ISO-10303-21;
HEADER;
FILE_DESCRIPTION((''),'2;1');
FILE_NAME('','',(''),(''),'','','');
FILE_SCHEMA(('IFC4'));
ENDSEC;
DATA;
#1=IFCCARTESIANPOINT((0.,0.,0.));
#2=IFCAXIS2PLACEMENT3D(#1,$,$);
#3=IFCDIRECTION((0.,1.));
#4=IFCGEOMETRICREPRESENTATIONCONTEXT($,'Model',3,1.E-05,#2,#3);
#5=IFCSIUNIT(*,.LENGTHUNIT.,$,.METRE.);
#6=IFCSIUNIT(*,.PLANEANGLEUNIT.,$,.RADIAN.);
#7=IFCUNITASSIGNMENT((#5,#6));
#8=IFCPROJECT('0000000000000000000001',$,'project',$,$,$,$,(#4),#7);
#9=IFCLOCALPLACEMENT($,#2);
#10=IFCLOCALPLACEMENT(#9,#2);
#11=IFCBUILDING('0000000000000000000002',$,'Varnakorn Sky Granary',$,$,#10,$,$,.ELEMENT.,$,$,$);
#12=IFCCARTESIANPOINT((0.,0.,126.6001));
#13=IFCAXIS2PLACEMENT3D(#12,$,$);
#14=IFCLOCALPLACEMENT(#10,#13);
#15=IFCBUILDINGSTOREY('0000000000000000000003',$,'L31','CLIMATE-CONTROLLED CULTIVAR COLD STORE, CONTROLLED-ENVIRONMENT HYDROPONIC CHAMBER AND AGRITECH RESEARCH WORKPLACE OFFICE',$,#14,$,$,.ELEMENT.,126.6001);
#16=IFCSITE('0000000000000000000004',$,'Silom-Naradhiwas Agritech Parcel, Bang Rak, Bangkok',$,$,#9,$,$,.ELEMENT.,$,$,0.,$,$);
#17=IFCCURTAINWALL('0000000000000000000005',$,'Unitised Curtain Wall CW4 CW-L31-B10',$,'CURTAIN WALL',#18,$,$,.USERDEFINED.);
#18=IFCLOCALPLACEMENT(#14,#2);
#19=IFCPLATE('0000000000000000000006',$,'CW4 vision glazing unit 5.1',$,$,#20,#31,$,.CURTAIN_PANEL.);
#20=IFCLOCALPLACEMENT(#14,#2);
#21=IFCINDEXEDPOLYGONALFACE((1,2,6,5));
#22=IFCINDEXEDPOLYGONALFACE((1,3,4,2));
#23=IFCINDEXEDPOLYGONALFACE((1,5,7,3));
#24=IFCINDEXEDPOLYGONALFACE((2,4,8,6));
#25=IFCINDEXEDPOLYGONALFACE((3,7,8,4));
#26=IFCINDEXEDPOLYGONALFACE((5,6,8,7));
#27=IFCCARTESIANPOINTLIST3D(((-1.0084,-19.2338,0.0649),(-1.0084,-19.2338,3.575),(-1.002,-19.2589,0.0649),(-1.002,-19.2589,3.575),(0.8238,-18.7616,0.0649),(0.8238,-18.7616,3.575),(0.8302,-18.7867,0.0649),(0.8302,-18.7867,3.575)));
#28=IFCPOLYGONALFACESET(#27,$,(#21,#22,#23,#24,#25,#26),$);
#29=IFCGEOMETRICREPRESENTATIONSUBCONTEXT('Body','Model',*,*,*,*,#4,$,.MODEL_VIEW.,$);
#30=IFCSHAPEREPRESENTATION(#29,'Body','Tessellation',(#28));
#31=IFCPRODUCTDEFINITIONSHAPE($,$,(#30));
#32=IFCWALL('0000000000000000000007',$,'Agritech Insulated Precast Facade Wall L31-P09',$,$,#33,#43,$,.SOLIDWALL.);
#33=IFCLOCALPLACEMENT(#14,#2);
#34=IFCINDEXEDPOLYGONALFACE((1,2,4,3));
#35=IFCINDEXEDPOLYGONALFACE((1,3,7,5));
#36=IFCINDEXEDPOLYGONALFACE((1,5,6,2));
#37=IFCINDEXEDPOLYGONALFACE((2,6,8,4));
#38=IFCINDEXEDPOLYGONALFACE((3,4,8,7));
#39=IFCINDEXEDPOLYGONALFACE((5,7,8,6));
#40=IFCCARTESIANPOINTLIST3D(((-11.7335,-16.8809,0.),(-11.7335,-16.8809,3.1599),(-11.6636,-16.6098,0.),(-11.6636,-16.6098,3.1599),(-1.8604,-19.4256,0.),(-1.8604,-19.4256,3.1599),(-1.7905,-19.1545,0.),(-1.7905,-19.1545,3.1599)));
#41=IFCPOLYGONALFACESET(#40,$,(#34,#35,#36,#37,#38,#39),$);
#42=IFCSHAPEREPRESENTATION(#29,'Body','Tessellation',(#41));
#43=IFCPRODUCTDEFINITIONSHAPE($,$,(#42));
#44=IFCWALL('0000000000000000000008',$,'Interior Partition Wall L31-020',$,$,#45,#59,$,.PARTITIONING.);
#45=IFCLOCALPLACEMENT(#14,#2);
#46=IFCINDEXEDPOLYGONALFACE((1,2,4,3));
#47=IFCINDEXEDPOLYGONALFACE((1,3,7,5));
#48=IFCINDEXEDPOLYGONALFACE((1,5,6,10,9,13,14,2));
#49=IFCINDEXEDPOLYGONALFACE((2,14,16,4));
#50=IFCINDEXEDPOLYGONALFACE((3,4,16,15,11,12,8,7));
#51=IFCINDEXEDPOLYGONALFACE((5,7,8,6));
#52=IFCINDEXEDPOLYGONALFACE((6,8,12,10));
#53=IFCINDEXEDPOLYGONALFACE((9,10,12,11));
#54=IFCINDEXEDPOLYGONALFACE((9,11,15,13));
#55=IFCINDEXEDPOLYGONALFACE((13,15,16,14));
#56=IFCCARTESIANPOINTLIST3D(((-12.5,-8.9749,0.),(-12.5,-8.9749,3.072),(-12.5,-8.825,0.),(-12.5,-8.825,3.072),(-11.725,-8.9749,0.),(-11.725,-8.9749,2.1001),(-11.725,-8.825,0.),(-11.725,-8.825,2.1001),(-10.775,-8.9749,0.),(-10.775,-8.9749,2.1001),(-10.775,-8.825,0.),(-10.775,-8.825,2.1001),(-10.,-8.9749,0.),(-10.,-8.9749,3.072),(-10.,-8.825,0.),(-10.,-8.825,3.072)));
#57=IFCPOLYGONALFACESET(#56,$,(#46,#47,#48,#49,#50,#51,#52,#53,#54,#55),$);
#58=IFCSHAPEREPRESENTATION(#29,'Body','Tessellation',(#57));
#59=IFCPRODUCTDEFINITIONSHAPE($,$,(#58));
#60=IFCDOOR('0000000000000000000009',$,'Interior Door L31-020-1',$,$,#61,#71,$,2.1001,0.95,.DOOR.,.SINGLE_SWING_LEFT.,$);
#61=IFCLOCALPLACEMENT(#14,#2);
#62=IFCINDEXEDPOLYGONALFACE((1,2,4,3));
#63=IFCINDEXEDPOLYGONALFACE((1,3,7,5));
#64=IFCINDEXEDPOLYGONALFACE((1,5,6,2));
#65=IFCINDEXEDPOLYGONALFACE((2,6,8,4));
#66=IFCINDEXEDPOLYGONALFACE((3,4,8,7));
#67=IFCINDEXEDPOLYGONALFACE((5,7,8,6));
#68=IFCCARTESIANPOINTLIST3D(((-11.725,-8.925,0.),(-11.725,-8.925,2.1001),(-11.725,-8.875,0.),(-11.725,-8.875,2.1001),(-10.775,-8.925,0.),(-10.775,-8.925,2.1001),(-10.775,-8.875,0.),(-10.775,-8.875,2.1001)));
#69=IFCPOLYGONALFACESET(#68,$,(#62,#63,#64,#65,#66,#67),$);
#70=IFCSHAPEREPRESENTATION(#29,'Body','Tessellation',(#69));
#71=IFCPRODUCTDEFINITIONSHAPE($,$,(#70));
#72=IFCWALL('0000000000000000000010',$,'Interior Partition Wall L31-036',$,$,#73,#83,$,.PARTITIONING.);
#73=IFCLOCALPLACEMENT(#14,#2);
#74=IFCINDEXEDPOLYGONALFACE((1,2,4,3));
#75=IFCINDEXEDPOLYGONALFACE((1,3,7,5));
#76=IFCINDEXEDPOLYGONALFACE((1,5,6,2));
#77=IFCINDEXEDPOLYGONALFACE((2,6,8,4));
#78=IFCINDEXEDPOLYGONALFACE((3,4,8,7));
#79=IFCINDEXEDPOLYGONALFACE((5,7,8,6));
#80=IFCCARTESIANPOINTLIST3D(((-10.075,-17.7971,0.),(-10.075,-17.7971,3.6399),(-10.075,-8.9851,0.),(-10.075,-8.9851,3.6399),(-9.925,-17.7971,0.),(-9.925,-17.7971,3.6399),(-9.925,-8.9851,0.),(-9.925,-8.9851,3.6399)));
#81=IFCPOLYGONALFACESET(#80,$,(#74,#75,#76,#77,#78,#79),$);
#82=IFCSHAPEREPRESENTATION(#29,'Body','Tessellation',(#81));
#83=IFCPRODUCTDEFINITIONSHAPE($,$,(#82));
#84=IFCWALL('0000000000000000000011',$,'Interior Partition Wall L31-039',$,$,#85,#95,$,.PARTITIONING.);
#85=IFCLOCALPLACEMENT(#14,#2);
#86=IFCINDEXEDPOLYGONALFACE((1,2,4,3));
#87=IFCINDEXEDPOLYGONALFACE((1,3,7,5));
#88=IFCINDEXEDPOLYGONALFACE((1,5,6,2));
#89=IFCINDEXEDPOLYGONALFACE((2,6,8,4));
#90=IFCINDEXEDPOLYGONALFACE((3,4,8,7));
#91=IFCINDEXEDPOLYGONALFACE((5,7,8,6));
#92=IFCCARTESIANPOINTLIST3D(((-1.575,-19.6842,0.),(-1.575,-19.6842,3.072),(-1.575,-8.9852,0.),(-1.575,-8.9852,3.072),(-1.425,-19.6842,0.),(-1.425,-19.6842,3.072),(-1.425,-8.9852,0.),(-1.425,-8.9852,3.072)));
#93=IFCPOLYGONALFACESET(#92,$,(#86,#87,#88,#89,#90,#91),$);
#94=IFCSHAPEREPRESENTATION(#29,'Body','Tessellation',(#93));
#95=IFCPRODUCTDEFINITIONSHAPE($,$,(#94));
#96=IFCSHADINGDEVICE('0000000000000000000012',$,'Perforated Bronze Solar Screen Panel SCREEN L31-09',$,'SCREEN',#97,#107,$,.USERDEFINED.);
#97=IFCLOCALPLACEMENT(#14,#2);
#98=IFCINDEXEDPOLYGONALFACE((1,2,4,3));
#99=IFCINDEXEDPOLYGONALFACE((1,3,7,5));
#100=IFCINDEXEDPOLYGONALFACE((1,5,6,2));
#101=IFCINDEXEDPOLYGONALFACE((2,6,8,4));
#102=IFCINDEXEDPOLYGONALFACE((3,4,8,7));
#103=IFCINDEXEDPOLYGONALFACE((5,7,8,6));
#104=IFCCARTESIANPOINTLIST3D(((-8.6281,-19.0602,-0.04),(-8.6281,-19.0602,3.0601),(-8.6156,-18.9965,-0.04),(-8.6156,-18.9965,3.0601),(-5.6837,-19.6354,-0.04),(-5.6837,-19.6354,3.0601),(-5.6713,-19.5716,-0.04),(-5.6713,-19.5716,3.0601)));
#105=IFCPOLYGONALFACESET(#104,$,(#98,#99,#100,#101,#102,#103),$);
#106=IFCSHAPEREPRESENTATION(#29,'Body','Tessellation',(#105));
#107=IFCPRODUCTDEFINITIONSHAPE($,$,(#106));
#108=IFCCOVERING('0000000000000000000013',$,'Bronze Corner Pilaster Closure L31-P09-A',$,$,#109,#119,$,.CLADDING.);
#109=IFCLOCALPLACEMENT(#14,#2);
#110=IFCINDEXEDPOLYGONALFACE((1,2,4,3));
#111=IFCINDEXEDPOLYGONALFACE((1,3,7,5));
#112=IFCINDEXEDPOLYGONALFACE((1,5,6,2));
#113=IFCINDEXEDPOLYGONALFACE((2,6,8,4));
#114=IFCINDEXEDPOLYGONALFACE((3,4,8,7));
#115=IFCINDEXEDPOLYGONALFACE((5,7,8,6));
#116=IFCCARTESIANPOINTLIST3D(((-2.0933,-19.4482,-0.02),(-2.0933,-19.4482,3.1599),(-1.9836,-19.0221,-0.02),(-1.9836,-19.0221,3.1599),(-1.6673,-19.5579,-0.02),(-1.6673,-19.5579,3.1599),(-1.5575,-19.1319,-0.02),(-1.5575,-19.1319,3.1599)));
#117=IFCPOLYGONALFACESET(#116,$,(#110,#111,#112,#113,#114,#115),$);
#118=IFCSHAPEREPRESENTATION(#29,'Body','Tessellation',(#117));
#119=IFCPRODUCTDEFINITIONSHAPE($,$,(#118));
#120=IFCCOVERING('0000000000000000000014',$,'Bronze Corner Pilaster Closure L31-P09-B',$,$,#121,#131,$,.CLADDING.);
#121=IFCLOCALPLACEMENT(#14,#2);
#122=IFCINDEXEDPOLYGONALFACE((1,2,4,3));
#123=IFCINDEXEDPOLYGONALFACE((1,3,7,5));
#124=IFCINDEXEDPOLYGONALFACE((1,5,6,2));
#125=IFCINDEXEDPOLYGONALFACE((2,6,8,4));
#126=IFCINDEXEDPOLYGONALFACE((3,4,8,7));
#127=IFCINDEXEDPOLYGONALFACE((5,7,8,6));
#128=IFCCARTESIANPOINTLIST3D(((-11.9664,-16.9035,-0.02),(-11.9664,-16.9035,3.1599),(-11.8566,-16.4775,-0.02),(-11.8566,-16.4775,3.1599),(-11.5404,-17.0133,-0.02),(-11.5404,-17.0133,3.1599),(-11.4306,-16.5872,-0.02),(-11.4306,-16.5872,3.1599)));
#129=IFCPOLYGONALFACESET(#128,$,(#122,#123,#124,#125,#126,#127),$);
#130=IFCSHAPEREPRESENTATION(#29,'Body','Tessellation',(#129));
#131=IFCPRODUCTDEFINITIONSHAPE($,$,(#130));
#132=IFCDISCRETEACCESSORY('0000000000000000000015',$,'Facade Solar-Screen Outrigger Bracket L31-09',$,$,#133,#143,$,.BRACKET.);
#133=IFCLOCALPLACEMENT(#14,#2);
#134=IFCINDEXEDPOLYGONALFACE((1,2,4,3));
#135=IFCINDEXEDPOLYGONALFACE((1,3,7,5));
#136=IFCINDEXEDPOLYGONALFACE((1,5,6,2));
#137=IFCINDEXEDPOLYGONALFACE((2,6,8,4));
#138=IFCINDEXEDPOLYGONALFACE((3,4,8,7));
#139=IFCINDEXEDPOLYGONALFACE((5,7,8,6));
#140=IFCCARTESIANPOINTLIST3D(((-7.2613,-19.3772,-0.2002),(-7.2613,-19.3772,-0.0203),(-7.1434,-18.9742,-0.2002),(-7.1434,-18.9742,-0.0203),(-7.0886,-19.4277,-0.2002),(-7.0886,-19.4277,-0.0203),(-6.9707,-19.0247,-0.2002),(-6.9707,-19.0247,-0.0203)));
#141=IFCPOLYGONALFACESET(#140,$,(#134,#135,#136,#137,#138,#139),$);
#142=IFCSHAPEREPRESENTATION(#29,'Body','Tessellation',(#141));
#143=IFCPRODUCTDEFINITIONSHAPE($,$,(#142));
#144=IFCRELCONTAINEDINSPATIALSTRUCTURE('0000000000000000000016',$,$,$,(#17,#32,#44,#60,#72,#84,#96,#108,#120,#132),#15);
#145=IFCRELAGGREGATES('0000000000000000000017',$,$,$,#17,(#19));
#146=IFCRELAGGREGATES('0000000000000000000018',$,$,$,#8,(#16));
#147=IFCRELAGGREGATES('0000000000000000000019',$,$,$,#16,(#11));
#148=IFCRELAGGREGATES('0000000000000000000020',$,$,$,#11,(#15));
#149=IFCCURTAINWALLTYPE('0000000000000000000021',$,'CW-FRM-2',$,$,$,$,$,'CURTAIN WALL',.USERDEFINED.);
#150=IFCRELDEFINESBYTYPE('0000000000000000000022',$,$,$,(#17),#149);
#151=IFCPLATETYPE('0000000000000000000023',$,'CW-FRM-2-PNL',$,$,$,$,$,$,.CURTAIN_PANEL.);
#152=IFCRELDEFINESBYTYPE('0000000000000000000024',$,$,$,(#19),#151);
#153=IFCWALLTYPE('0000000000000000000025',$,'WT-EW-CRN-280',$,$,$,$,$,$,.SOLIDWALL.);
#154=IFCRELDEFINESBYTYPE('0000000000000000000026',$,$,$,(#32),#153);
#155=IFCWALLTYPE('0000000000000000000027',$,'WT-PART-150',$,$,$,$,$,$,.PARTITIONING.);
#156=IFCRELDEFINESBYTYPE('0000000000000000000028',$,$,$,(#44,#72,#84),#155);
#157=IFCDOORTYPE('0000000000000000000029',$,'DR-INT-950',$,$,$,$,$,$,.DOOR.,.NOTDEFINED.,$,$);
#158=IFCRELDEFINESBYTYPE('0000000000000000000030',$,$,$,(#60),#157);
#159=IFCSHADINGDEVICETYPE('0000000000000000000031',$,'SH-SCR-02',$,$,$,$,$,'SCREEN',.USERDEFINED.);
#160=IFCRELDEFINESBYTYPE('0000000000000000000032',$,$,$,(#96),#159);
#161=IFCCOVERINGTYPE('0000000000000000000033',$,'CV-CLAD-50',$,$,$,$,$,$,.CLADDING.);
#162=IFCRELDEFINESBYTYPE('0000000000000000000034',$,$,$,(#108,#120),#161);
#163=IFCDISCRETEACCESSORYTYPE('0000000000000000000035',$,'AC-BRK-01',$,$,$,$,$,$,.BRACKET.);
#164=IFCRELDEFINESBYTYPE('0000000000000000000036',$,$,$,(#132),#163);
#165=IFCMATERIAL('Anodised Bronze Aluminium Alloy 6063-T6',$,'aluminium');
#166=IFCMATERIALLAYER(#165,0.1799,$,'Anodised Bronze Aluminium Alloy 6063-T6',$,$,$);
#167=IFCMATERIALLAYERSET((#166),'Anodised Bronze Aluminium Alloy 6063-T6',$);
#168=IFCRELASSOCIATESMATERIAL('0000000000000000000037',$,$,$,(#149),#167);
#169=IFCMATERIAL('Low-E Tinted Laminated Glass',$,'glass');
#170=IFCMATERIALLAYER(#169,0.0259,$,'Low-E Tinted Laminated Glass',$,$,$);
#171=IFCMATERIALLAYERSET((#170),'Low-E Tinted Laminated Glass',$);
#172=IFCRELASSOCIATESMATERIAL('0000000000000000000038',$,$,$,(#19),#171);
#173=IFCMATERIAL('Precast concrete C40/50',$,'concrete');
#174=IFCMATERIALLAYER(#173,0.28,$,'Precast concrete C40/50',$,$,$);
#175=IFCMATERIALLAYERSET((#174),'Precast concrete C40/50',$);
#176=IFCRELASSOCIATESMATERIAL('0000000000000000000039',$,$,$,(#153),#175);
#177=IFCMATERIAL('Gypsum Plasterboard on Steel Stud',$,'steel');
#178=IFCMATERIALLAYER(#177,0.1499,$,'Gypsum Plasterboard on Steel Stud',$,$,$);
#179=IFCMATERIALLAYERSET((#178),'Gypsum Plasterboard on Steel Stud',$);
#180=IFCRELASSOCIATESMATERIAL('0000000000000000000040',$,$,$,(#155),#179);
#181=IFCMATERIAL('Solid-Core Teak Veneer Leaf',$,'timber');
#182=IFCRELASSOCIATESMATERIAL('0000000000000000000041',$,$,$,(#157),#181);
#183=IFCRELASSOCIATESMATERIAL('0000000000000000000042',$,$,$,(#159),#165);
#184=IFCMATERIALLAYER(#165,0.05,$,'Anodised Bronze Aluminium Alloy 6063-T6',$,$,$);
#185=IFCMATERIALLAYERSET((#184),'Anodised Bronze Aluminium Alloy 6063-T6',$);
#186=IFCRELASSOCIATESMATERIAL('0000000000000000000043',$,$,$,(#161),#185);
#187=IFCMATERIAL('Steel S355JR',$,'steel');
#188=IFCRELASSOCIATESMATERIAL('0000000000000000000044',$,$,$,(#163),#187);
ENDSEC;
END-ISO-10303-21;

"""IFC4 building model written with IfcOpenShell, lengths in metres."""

from ifc_helpers import new_model, si_unit, direction, frame, frame_2d, origin, origin_2d, place, context, subcontext, project, spatial, rectangle, extrude, source, transform, mapped, material, layer, layer_set, type_object, type_shapes, element, fill, aggregate, save


model = new_model("IFC4")

# Units and contexts
model_context = context("Model", 3, precision=1e-05, world=origin(), true_north=direction((0.0, 1.0)))
body_context = subcontext(model_context, "Body", "Model", "MODEL_VIEW")
ifc_project = project(units=[si_unit("LENGTHUNIT", "METRE"), si_unit("PLANEANGLEUNIT", "RADIAN")], contexts=[model_context])

# Site, building, storey
site_placement = place(None, origin())
site = spatial("IfcSite", under=ifc_project, at=site_placement, Name="Silom-Naradhiwas Agritech Parcel, Bang Rak, Bangkok", CompositionType="ELEMENT", RefElevation=0.0)
building_placement = place(site_placement, origin())
building = spatial("IfcBuilding", under=site, at=building_placement, Name="Varnakorn Sky Granary", CompositionType="ELEMENT")
storey_placement = place(building_placement, frame((0.0, 0.0, 126.6001)))
storey = spatial("IfcBuildingStorey", under=building, at=storey_placement, Name="L31", Description="CLIMATE-CONTROLLED CULTIVAR COLD STORE, CONTROLLED-ENVIRONMENT HYDROPONIC CHAMBER AND AGRITECH RESEARCH WORKPLACE OFFICE", CompositionType="ELEMENT", Elevation=126.6001)

# Shared definitions
ifc_material_1 = material(Name="Steel S355JR", Category="steel")

# Curtain wall
ifc_material_2 = material(Name="Anodised Bronze Aluminium Alloy 6063-T6", Category="aluminium")
ifc_layer_1 = layer(ifc_material_2, 0.1799, Name="Anodised Bronze Aluminium Alloy 6063-T6")
ifc_layer_set_1 = layer_set([ifc_layer_1], Name="Anodised Bronze Aluminium Alloy 6063-T6")
curtain_wall_type = type_object("IfcCurtainWallType", Name="CW-FRM-2", ElementType="CURTAIN WALL", PredefinedType="USERDEFINED", material=ifc_layer_set_1)
curtain_wall_1_placement = place(storey_placement, origin())
curtain_wall_1 = element("IfcCurtainWall", 1, at=curtain_wall_1_placement, inside=storey, type_object=curtain_wall_type, Name="Unitised Curtain Wall CW4 CW-L31-B10", ObjectType="CURTAIN WALL", PredefinedType="USERDEFINED")

# Plate
ifc_material_3 = material(Name="Low-E Tinted Laminated Glass", Category="glass")
ifc_layer_2 = layer(ifc_material_3, 0.0259, Name="Low-E Tinted Laminated Glass")
ifc_layer_set_2 = layer_set([ifc_layer_2], Name="Low-E Tinted Laminated Glass")
plate_type = type_object("IfcPlateType", Name="CW-FRM-2-PNL", PredefinedType="CURTAIN_PANEL")
shared_shape_1 = source(origin(), body_context, "Body", "SweptSolid", [
    extrude(rectangle(XDim=1.8921, YDim=0.0259, at=origin_2d()), origin(), (0.0, 0.0, 1.0), 3.51),
])
type_shapes(plate_type, [shared_shape_1])
plate_placement = place(storey_placement, frame((-0.0891, -19.0103, 0.0649), z_axis=(0.0, 0.0, 1.0), x_axis=(-0.968354, -0.249579, 0.0)))
plate = element("IfcPlate", 2, at=plate_placement, type_object=plate_type, material=ifc_layer_set_2, Name="CW4 vision glazing unit 5.1", PredefinedType="CURTAIN_PANEL", context=body_context, shape_type="MappedRepresentation", body=[
    mapped(shared_shape_1, transform((0.0, 0.0, 0.0), x_axis=(1.0, 0.0, 0.0), y_axis=(0.0, 1.0, 0.0), z_axis=(0.0, 0.0, 1.0), scale=1.0)),
])
aggregate(curtain_wall_1, [plate])

# Wall
ifc_material_4 = material(Name="Precast concrete C40/50", Category="concrete")
ifc_layer_3 = layer(ifc_material_4, 0.28, Name="Precast concrete C40/50")
ifc_layer_set_3 = layer_set([ifc_layer_3], Name="Precast concrete C40/50")
wall_type_1 = type_object("IfcWallType", Name="WT-EW-CRN-280", PredefinedType="SOLIDWALL", material=ifc_layer_set_3)
wall_1_placement = place(storey_placement, frame((-1.8254, -19.29, 0.0), z_axis=(0.0, 0.0, 1.0), x_axis=(-0.968353, 0.249583, 0.0)))
element("IfcWall", 3, at=wall_1_placement, inside=storey, type_object=wall_type_1, Name="Agritech Insulated Precast Facade Wall L31-P09", PredefinedType="SOLIDWALL", context=body_context, shape_type="SweptSolid", body=[
    extrude(rectangle(XDim=10.1958, YDim=0.28, at=frame_2d((5.0979, 0.0))), origin(), (0.0, 0.0, 1.0), 3.1599),
])

# Wall, opening, door
ifc_material_5 = material(Name="Gypsum Plasterboard on Steel Stud", Category="steel")
ifc_layer_4 = layer(ifc_material_5, 0.1499, Name="Gypsum Plasterboard on Steel Stud")
ifc_layer_set_4 = layer_set([ifc_layer_4], Name="Gypsum Plasterboard on Steel Stud")
wall_type_2 = type_object("IfcWallType", Name="WT-PART-150", PredefinedType="PARTITIONING", material=ifc_layer_set_4)
wall_2_placement = place(storey_placement, frame((-12.5, -8.8999, 0.0), z_axis=(0.0, 0.0, 1.0), x_axis=(1.0, 0.0, 0.0)))
wall_2 = element("IfcWall", 4, at=wall_2_placement, inside=storey, type_object=wall_type_2, Name="Interior Partition Wall L31-020", PredefinedType="PARTITIONING", context=body_context, shape_type="SweptSolid", body=[
    extrude(rectangle(XDim=2.5, YDim=0.1499, at=frame_2d((1.25, 0.0))), origin(), (0.0, 0.0, 1.0), 3.072),
])
opening_placement = place(wall_2_placement, frame((0.7749, 0.0, 0.0)))
opening = element("IfcOpeningElement", 5, at=opening_placement, cuts=wall_2, PredefinedType="OPENING", context=body_context, shape_type="SweptSolid", body=[
    extrude(rectangle(XDim=0.95, YDim=2.1001, at=frame_2d((0.4751, 1.05))), frame((0.0, 0.085, 0.0), z_axis=(0.0, -1.0, 0.0), x_axis=(1.0, 0.0, 0.0)), (0.0, 0.0, 1.0), 0.1699),
])
ifc_material_6 = material(Name="Solid-Core Teak Veneer Leaf", Category="timber")
door_type = type_object("IfcDoorType", Name="DR-INT-950", OperationType="NOTDEFINED", PredefinedType="DOOR", material=ifc_material_6)
door_placement = place(opening_placement, origin())
door = element("IfcDoor", 6, at=door_placement, inside=storey, type_object=door_type, Name="Interior Door L31-020-1", OperationType="SINGLE_SWING_LEFT", OverallHeight=2.1001, OverallWidth=0.95, PredefinedType="DOOR", context=body_context, shape_type="SweptSolid", body=[
    extrude(rectangle(XDim=0.95, YDim=2.1001, at=frame_2d((0.4751, 1.05))), frame((0.0, 0.0249, 0.0), z_axis=(0.0, -1.0, 0.0), x_axis=(1.0, 0.0, 0.0)), (0.0, 0.0, 1.0), 0.05),
])
fill(opening, door)

# Walls
wall_3_placement = place(storey_placement, frame((-10.0, -8.9851, 0.0), z_axis=(0.0, 0.0, 1.0), x_axis=(0.0, -1.0, 0.0)))
element("IfcWall", 7, at=wall_3_placement, inside=storey, type_object=wall_type_2, Name="Interior Partition Wall L31-036", PredefinedType="PARTITIONING", context=body_context, shape_type="SweptSolid", body=[
    extrude(rectangle(XDim=8.812, YDim=0.1499, at=frame_2d((4.406, 0.0))), origin(), (0.0, 0.0, 1.0), 3.6399),
])
wall_4_placement = place(storey_placement, frame((-1.5, -8.9851, 0.0), z_axis=(0.0, 0.0, 1.0), x_axis=(0.0, -1.0, 0.0)))
element("IfcWall", 8, at=wall_4_placement, inside=storey, type_object=wall_type_2, Name="Interior Partition Wall L31-039", PredefinedType="PARTITIONING", context=body_context, shape_type="SweptSolid", body=[
    extrude(rectangle(XDim=10.699, YDim=0.1499, at=frame_2d((5.3496, 0.0))), origin(), (0.0, 0.0, 1.0), 3.072),
])

# Shading device
shading_device_type = type_object("IfcShadingDeviceType", Name="SH-SCR-02", ElementType="SCREEN", PredefinedType="USERDEFINED", material=ifc_material_2)
shared_shape_2 = source(origin(), body_context, "Body", "SweptSolid", [
    extrude(rectangle(XDim=3.0, YDim=0.0649, at=origin_2d()), origin(), (0.0, 0.0, 1.0), 3.1001),
])
type_shapes(shading_device_type, [shared_shape_2])
shading_device_placement = place(storey_placement, frame((-7.1497, -19.3159, -0.04), z_axis=(0.0, 0.0, 1.0), x_axis=(0.98145, -0.19172, 0.0)))
element("IfcShadingDevice", 9, at=shading_device_placement, inside=storey, type_object=shading_device_type, Name="Perforated Bronze Solar Screen Panel SCREEN L31-09", ObjectType="SCREEN", PredefinedType="USERDEFINED", context=body_context, shape_type="MappedRepresentation", body=[
    mapped(shared_shape_2, transform((0.0, 0.0, 0.0), x_axis=(1.0, 0.0, 0.0), y_axis=(0.0, 1.0, 0.0), z_axis=(0.0, 0.0, 1.0), scale=1.0)),
])

# Coverings
ifc_layer_5 = layer(ifc_material_2, 0.05, Name="Anodised Bronze Aluminium Alloy 6063-T6")
ifc_layer_set_5 = layer_set([ifc_layer_5], Name="Anodised Bronze Aluminium Alloy 6063-T6")
covering_type = type_object("IfcCoveringType", Name="CV-CLAD-50", PredefinedType="CLADDING", material=ifc_layer_set_5)
shared_shape_3 = source(origin(), body_context, "Body", "SweptSolid", [
    extrude(rectangle(XDim=0.4399, YDim=0.4399, at=origin_2d()), origin(), (0.0, 0.0, 1.0), 3.1799),
])
type_shapes(covering_type, [shared_shape_3])
for number, where, z_axis, x_axis, name in (
    (10, (-1.8254, -19.29, -0.02), (0.0, 0.0, 1.0), (-0.968366, 0.249535, 0.0), "Bronze Corner Pilaster Closure L31-P09-A"),
    (11, (-11.6985, -16.7454, -0.02), (0.0, 0.0, 1.0), (-0.968366, 0.249535, 0.0), "Bronze Corner Pilaster Closure L31-P09-B"),
):
    element("IfcCovering", number, at=place(storey_placement, frame(where, z_axis=z_axis, x_axis=x_axis)), inside=storey, type_object=covering_type, Name=name, PredefinedType="CLADDING", context=body_context, shape_type="MappedRepresentation", body=[
        mapped(shared_shape_3, transform((0.0, 0.0, 0.0), x_axis=(1.0, 0.0, 0.0), y_axis=(0.0, 1.0, 0.0), z_axis=(0.0, 0.0, 1.0), scale=1.0)),
    ])

# Discrete accessory
discrete_accessory_type = type_object("IfcDiscreteAccessoryType", Name="AC-BRK-01", PredefinedType="BRACKET", material=ifc_material_1)
shared_shape_4 = source(origin(), body_context, "Body", "SweptSolid", [
    extrude(rectangle(XDim=0.1799, YDim=0.4199, at=origin_2d()), origin(), (0.0, 0.0, 1.0), 0.1799),
])
type_shapes(discrete_accessory_type, [shared_shape_4])
discrete_accessory_placement = place(storey_placement, frame((-7.116, -19.2009, -0.2002), z_axis=(0.0, 0.0, 1.0), x_axis=(0.95979, -0.28072, 0.0)))
element("IfcDiscreteAccessory", 12, at=discrete_accessory_placement, inside=storey, type_object=discrete_accessory_type, Name="Facade Solar-Screen Outrigger Bracket L31-09", PredefinedType="BRACKET", context=body_context, shape_type="MappedRepresentation", body=[
    mapped(shared_shape_4, transform((0.0, 0.0, 0.0), x_axis=(1.0, 0.0, 0.0), y_axis=(0.0, 1.0, 0.0), z_axis=(0.0, 0.0, 1.0), scale=1.0)),
])

save(model, "model.ifc")
